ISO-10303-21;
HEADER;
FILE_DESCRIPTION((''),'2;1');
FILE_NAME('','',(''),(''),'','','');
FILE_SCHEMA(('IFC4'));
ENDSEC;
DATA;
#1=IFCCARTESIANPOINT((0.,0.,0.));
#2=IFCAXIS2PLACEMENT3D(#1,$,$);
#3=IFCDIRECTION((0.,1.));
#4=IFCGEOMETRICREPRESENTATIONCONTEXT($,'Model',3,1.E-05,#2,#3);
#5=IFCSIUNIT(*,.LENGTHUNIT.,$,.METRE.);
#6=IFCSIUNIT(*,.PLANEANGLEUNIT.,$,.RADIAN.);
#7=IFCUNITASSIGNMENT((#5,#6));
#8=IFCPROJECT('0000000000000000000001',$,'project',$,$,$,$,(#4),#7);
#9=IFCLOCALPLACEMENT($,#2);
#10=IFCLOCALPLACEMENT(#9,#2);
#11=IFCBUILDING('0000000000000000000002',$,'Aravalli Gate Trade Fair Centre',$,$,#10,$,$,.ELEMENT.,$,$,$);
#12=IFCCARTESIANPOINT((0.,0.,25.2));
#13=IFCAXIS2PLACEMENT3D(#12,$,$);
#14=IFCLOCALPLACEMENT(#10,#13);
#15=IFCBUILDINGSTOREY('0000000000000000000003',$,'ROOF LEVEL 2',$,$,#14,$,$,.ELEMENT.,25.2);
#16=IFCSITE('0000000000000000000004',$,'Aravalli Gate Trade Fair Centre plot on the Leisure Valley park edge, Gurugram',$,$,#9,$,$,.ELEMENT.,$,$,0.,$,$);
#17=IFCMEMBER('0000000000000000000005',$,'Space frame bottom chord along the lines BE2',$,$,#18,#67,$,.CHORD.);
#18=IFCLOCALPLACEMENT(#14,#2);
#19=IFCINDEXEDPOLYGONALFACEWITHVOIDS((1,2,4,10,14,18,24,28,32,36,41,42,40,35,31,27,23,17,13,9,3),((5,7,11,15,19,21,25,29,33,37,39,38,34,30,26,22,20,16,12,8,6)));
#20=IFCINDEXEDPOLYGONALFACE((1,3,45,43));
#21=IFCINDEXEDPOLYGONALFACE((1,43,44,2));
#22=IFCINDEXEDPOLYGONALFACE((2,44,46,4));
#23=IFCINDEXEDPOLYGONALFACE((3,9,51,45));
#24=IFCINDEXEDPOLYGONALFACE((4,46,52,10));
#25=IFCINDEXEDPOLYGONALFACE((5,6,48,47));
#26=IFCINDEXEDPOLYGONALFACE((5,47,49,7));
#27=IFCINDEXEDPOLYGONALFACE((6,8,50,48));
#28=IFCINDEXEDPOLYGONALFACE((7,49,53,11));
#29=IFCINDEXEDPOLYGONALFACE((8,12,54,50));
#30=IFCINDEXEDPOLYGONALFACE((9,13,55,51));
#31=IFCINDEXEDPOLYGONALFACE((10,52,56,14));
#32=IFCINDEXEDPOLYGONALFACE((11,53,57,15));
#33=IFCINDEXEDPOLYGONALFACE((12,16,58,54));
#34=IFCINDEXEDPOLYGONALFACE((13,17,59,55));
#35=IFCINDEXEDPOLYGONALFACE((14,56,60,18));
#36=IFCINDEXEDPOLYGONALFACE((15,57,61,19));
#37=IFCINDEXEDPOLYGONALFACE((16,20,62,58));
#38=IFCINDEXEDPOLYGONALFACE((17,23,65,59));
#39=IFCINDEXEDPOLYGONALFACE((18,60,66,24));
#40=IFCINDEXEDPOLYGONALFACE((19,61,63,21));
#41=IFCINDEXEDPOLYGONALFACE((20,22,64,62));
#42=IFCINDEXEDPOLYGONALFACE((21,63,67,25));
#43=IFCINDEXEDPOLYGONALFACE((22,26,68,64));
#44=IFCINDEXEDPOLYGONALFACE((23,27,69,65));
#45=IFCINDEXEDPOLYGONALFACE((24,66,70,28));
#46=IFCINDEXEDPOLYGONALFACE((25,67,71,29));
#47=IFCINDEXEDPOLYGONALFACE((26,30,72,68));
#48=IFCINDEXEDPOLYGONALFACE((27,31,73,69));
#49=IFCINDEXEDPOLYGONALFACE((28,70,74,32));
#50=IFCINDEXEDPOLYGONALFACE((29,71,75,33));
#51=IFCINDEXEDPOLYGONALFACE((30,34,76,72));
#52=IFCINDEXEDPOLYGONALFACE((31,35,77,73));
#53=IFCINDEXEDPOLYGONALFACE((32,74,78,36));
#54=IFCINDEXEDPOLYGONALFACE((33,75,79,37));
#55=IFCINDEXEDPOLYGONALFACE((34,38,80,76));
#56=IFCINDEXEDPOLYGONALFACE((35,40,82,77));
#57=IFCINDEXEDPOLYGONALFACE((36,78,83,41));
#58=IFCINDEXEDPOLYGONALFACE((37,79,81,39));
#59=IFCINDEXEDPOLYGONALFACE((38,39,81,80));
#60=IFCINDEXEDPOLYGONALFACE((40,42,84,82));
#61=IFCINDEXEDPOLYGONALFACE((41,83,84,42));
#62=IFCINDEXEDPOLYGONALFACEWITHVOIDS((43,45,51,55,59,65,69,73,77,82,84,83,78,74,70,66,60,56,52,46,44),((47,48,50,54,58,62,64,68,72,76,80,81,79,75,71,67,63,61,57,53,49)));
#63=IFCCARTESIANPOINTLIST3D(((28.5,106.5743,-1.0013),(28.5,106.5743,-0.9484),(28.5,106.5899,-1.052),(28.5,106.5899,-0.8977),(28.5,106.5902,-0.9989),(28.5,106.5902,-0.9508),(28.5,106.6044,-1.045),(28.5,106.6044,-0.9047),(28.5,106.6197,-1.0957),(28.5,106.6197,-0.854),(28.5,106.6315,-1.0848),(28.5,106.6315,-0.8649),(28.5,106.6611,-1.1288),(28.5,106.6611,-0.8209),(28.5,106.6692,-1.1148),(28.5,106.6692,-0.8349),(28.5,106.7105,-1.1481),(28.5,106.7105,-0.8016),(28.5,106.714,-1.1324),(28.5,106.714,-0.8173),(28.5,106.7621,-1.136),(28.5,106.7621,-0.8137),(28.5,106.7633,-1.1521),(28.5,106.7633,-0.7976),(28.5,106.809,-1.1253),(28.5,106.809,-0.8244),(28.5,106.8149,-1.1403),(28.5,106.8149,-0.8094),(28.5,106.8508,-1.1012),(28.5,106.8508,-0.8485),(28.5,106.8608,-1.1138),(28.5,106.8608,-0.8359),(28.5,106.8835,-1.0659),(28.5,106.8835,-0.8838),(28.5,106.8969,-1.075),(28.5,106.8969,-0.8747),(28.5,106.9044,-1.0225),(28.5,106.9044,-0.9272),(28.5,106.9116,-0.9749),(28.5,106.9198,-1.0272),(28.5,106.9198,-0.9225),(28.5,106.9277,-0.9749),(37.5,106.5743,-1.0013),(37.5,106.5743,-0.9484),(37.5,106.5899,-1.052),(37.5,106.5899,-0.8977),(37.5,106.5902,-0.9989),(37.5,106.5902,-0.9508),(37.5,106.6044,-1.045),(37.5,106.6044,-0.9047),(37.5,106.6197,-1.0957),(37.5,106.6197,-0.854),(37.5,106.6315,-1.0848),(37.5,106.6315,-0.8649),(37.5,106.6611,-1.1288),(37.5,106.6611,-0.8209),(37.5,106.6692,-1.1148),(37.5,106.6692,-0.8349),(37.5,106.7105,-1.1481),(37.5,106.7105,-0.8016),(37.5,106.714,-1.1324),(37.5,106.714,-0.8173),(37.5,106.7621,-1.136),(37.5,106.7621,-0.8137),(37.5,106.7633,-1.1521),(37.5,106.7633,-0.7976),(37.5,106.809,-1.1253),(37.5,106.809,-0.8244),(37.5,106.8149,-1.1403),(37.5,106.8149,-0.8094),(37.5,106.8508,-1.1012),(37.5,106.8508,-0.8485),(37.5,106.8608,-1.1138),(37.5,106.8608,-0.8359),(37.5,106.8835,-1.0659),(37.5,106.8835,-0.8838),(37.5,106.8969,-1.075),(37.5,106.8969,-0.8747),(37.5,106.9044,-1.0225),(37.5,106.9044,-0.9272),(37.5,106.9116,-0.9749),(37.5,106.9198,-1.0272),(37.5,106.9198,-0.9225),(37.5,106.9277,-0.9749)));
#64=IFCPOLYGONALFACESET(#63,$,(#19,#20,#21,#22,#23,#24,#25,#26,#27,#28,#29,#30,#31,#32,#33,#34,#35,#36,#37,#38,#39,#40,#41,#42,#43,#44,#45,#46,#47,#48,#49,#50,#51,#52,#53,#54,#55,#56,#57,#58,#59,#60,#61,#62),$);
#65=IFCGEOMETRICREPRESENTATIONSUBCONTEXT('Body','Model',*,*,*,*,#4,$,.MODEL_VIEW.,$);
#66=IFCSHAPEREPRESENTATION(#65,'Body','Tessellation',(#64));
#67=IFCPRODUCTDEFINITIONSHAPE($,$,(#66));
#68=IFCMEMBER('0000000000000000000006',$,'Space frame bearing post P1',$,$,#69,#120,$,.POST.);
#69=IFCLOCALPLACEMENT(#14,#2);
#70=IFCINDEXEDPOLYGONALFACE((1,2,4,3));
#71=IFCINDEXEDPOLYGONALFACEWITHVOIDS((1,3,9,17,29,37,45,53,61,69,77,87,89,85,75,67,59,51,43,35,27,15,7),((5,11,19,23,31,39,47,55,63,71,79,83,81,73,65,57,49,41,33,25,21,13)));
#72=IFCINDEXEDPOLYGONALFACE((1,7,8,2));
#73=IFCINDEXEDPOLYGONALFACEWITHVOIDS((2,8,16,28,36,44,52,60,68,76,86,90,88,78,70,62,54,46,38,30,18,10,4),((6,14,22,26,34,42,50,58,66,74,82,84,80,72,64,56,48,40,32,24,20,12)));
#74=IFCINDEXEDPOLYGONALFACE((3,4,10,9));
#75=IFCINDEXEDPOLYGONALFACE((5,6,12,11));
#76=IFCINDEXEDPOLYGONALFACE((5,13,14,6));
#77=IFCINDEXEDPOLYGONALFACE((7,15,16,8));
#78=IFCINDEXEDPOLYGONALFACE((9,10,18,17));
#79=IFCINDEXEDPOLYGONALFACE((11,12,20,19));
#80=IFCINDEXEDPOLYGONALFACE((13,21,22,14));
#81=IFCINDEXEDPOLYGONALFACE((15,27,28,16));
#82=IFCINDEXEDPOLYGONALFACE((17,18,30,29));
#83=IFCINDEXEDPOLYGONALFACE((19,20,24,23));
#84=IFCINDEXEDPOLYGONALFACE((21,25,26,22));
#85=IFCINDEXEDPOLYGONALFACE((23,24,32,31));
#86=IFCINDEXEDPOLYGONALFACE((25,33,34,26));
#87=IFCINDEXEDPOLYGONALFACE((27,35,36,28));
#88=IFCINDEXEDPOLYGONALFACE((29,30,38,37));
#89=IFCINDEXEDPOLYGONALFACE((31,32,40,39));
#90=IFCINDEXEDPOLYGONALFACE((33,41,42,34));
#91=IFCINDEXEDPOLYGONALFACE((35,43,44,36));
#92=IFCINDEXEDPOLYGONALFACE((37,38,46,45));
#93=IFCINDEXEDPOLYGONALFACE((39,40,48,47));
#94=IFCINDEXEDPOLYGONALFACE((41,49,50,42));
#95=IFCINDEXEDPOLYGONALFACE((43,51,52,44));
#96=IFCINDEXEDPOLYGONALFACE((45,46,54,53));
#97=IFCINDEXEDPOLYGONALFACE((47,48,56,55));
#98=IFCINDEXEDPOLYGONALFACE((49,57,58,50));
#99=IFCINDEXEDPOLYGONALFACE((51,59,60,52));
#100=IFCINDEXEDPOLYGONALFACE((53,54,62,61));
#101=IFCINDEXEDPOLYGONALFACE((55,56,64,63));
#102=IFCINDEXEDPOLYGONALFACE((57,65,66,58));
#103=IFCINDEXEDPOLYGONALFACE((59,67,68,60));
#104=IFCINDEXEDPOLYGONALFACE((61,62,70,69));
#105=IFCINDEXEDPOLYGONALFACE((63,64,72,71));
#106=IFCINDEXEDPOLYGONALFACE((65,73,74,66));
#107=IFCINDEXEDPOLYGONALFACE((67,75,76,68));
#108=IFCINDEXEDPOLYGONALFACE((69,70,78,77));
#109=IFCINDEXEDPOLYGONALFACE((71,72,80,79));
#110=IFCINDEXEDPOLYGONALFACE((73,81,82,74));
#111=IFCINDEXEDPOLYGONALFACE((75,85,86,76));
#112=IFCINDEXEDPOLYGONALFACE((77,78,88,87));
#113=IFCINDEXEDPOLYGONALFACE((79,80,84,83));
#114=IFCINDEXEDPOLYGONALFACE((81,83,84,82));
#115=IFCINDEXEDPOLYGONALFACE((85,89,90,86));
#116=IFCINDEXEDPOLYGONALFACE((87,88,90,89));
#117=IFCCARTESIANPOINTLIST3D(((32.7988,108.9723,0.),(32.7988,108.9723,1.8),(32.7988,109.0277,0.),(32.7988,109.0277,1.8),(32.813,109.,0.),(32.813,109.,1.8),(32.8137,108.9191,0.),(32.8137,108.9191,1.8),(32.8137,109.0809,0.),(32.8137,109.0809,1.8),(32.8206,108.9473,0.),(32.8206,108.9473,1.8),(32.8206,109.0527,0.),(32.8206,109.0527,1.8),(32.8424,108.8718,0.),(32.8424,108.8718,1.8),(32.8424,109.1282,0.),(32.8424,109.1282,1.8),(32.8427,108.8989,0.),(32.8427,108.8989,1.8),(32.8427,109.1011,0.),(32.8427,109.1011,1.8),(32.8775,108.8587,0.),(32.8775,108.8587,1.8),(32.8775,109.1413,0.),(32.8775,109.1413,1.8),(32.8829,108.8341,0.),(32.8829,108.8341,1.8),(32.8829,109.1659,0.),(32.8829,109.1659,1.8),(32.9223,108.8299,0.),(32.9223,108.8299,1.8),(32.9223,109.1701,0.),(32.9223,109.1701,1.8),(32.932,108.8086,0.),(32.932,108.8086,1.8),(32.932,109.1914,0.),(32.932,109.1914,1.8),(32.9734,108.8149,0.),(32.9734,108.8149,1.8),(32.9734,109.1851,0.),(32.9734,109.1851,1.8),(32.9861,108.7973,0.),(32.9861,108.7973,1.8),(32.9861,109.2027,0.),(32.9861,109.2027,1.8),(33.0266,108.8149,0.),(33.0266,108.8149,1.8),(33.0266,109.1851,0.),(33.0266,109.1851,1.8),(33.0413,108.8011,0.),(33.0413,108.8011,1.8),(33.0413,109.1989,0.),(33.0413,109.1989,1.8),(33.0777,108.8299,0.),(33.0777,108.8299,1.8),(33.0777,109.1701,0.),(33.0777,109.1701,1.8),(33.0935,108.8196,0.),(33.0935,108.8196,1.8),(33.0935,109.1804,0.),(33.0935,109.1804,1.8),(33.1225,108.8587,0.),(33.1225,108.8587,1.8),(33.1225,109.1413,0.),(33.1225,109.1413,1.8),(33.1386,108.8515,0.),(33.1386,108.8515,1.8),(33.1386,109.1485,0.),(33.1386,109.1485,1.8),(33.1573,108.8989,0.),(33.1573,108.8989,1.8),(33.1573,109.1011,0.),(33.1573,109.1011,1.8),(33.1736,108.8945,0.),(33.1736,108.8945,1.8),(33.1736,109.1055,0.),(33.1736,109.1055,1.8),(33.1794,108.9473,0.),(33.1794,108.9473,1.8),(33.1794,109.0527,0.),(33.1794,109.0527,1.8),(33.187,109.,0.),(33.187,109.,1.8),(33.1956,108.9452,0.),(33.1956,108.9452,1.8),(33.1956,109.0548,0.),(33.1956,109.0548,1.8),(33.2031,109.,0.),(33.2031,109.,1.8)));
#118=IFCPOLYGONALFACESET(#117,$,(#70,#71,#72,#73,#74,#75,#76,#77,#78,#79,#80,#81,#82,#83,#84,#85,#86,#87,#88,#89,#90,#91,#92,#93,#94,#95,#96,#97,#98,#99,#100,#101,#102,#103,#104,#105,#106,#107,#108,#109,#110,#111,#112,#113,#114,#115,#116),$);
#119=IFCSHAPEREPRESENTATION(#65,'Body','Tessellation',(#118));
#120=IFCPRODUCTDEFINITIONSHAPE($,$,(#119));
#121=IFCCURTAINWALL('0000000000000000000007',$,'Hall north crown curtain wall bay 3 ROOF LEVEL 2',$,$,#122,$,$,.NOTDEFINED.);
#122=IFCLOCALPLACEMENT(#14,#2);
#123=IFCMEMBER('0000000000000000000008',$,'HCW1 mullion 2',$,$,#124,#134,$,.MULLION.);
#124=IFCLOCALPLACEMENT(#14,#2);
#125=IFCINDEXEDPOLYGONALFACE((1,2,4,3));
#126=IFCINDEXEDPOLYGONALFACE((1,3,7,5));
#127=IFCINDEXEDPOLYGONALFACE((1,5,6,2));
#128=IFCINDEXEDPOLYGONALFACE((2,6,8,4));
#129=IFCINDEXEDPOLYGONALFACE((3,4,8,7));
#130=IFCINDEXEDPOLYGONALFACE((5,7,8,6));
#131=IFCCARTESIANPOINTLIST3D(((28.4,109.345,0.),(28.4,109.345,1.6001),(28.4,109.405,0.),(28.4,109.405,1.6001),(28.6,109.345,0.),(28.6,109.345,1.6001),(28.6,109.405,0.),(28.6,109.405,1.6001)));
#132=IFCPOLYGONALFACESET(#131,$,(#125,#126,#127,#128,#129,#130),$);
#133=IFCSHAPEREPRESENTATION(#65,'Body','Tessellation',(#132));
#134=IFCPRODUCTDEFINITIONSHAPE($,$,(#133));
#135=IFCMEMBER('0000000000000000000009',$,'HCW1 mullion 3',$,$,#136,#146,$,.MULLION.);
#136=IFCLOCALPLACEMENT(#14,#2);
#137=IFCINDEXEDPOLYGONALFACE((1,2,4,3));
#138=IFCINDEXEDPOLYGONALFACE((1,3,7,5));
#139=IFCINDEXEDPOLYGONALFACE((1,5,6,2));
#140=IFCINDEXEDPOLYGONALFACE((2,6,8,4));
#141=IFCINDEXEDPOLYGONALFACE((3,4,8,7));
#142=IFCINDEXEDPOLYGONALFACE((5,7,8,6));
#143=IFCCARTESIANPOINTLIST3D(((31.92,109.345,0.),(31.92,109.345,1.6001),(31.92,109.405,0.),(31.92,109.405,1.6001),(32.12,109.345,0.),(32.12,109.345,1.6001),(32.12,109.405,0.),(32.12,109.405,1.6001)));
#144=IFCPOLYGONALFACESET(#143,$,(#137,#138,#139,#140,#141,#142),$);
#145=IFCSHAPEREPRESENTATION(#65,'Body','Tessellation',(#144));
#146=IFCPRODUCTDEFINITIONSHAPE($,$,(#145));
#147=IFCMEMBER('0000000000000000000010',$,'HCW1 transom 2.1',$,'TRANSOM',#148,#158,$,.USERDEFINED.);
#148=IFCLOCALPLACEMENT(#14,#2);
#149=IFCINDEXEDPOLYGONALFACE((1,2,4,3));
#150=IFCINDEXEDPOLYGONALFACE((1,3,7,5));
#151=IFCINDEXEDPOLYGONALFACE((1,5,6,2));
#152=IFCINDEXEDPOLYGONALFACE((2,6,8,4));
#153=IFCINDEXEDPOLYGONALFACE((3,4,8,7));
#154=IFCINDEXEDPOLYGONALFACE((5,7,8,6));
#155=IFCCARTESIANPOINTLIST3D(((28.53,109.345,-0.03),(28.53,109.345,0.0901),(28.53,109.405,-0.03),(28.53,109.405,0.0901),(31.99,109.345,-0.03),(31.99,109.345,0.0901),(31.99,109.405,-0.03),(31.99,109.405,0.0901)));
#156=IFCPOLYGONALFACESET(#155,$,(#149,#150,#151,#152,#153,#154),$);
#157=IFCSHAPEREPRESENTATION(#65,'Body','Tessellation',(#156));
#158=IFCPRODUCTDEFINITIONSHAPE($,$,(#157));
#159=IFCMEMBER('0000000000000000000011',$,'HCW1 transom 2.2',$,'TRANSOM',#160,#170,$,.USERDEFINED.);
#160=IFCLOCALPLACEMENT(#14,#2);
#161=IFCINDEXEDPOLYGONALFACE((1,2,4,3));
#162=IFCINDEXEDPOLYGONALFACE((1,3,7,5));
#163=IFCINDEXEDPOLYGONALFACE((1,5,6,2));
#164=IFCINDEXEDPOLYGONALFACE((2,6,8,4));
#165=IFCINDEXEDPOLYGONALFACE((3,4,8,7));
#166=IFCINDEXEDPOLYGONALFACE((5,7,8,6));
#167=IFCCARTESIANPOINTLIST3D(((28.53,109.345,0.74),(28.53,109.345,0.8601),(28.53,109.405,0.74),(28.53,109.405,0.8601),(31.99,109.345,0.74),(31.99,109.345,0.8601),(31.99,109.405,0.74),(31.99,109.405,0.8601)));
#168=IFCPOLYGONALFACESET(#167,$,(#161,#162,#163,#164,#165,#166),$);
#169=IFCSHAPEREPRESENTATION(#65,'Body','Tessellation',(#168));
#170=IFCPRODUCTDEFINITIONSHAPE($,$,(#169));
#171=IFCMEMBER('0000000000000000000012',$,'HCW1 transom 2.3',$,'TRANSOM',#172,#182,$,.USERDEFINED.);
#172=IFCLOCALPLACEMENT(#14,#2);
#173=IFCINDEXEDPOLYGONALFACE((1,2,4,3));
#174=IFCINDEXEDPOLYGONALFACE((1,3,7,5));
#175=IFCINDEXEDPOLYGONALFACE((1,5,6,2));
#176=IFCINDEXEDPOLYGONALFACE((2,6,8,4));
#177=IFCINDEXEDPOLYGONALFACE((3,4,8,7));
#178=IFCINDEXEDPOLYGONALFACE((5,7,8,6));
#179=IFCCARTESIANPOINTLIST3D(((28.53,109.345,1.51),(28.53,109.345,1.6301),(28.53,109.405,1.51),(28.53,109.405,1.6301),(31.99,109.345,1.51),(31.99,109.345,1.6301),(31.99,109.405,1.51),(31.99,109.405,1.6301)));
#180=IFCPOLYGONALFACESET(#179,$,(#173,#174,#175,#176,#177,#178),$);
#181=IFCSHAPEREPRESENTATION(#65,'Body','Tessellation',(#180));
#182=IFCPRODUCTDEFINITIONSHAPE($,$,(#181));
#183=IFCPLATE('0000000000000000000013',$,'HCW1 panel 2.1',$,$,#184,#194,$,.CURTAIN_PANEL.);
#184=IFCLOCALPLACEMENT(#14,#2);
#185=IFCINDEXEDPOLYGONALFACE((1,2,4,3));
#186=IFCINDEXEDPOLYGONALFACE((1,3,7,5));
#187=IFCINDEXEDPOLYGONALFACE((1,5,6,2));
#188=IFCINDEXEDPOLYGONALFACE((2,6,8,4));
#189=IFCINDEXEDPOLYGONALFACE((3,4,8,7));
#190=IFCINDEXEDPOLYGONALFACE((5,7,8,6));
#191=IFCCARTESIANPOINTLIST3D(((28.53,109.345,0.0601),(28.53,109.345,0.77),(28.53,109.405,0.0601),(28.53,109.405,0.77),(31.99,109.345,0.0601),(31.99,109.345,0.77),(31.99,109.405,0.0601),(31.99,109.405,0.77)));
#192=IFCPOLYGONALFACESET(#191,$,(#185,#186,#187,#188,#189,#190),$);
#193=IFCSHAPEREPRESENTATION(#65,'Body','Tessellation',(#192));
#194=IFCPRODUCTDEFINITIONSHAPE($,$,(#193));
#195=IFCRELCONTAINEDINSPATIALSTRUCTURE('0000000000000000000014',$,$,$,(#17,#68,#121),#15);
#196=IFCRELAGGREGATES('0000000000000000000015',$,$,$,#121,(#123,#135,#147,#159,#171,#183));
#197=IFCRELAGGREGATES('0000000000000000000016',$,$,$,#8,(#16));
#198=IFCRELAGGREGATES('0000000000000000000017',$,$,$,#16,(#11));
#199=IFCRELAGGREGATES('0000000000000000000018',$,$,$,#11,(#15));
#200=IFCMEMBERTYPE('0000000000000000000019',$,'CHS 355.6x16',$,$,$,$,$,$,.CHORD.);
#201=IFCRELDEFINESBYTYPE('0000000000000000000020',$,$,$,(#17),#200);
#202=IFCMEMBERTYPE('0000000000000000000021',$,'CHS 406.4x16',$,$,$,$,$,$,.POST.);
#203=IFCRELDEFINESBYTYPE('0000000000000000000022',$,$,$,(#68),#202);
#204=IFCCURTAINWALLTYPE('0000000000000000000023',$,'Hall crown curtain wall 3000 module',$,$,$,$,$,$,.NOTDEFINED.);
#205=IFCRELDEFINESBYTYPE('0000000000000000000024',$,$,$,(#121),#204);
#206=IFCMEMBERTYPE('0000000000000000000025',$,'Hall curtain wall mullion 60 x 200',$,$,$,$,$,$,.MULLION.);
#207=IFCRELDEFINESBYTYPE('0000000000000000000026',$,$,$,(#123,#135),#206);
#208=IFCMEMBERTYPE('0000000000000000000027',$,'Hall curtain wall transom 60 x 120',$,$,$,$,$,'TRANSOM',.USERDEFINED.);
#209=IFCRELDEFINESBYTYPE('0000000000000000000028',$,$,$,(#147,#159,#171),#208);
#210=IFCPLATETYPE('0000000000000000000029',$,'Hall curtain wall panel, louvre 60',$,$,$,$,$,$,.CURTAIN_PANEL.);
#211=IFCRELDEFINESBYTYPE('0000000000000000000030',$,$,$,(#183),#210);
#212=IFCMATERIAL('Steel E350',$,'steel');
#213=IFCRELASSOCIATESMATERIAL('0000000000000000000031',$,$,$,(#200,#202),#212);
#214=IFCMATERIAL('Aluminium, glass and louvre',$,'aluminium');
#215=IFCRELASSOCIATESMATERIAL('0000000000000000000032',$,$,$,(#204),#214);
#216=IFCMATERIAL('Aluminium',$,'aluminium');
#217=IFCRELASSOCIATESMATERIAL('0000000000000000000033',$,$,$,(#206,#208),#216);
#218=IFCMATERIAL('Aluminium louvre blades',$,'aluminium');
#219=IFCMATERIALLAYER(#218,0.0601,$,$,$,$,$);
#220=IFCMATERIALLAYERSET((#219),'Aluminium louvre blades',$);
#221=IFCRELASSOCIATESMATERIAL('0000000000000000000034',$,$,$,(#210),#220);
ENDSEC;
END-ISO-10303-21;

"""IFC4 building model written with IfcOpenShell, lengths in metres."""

from ifc_helpers import new_model, si_unit, direction, frame, origin, origin_2d, place, context, subcontext, project, spatial, rectangle, hollow_circle, extrude, material, layer, layer_set, material_profile, profile_set, type_object, element, aggregate, save


model = new_model("IFC4")

# Units and contexts
model_context = context("Model", 3, precision=1e-05, world=origin(), true_north=direction((0.0, 1.0)))
body_context = subcontext(model_context, "Body", "Model", "MODEL_VIEW")
ifc_project = project(units=[si_unit("LENGTHUNIT", "METRE"), si_unit("PLANEANGLEUNIT", "RADIAN")], contexts=[model_context])

# Site, building, storey
site_placement = place(None, origin())
site = spatial("IfcSite", under=ifc_project, at=site_placement, Name="Aravalli Gate Trade Fair Centre plot on the Leisure Valley park edge, Gurugram", CompositionType="ELEMENT", RefElevation=0.0)
building_placement = place(site_placement, origin())
building = spatial("IfcBuilding", under=site, at=building_placement, Name="Aravalli Gate Trade Fair Centre", CompositionType="ELEMENT")
storey_placement = place(building_placement, frame((0.0, 0.0, 25.2)))
storey = spatial("IfcBuildingStorey", under=building, at=storey_placement, Name="ROOF LEVEL 2", CompositionType="ELEMENT", Elevation=25.2)

# Members
ifc_material_1 = material(Name="Steel E350", Category="steel")
ifc_material_profile_1 = material_profile(ifc_material_1, hollow_circle(Radius=0.1777, WallThickness=0.0161, at=origin_2d()), Name="CHS 355.6x16")
ifc_profile_set_1 = profile_set([ifc_material_profile_1], Name="Steel E350")
member_type_1 = type_object("IfcMemberType", Name="CHS 355.6x16", PredefinedType="CHORD", material=ifc_profile_set_1)
member_1_placement = place(storey_placement, frame((28.5, 106.75, -0.9749), z_axis=(1.0, 0.0, 0.0), x_axis=(0.0, 1.0, 0.0)))
element("IfcMember", 1, at=member_1_placement, inside=storey, type_object=member_type_1, Name="Space frame bottom chord along the lines BE2", PredefinedType="CHORD", context=body_context, shape_type="SweptSolid", body=[
    extrude(hollow_circle(Radius=0.1777, WallThickness=0.0161, at=origin_2d()), origin(), (0.0, 0.0, 1.0), 9.0),
])
ifc_material_profile_2 = material_profile(ifc_material_1, hollow_circle(Radius=0.2031, WallThickness=0.0161, at=origin_2d()), Name="CHS 406.4x16")
ifc_profile_set_2 = profile_set([ifc_material_profile_2], Name="Steel E350")
member_type_2 = type_object("IfcMemberType", Name="CHS 406.4x16", PredefinedType="POST", material=ifc_profile_set_2)
member_2_placement = place(storey_placement, frame((33.0, 109.0, 0.0), z_axis=(0.0, 0.0, 1.0), x_axis=(1.0, 0.0, 0.0)))
element("IfcMember", 2, at=member_2_placement, inside=storey, type_object=member_type_2, Name="Space frame bearing post P1", PredefinedType="POST", context=body_context, shape_type="SweptSolid", body=[
    extrude(hollow_circle(Radius=0.2031, WallThickness=0.0161, at=origin_2d()), origin(), (0.0, 0.0, 1.0), 1.8),
])

# Curtain wall, members, plate
ifc_material_2 = material(Name="Aluminium, glass and louvre", Category="aluminium")
curtain_wall_type = type_object("IfcCurtainWallType", Name="Hall crown curtain wall 3000 module", PredefinedType="NOTDEFINED", material=ifc_material_2)
curtain_wall_placement = place(storey_placement, origin())
curtain_wall = element("IfcCurtainWall", 3, at=curtain_wall_placement, inside=storey, type_object=curtain_wall_type, Name="Hall north crown curtain wall bay 3 ROOF LEVEL 2", PredefinedType="NOTDEFINED")
ifc_material_3 = material(Name="Aluminium", Category="aluminium")
ifc_material_profile_3 = material_profile(ifc_material_3, rectangle(XDim=0.0601, YDim=0.2, at=origin_2d()), Name="Hall curtain wall mullion 60 x 200")
ifc_profile_set_3 = profile_set([ifc_material_profile_3], Name="Aluminium")
member_type_3 = type_object("IfcMemberType", Name="Hall curtain wall mullion 60 x 200", PredefinedType="MULLION", material=ifc_profile_set_3)
member_3_placement = place(storey_placement, frame((28.5, 109.375, 0.0), z_axis=(0.0, 0.0, 1.0), x_axis=(0.0, 1.0, 0.0)))
member_3 = element("IfcMember", 4, at=member_3_placement, type_object=member_type_3, Name="HCW1 mullion 2", PredefinedType="MULLION", context=body_context, shape_type="SweptSolid", body=[
    extrude(rectangle(XDim=0.0601, YDim=0.2, at=origin_2d()), origin(), (0.0, 0.0, 1.0), 1.6001),
])
member_4_placement = place(storey_placement, frame((32.02, 109.375, 0.0), z_axis=(0.0, 0.0, 1.0), x_axis=(0.0, 1.0, 0.0)))
member_4 = element("IfcMember", 5, at=member_4_placement, type_object=member_type_3, Name="HCW1 mullion 3", PredefinedType="MULLION", context=body_context, shape_type="SweptSolid", body=[
    extrude(rectangle(XDim=0.0601, YDim=0.2, at=origin_2d()), origin(), (0.0, 0.0, 1.0), 1.6001),
])
ifc_material_profile_4 = material_profile(ifc_material_3, rectangle(XDim=0.0601, YDim=0.1201, at=origin_2d()), Name="Hall curtain wall transom 60 x 120")
ifc_profile_set_4 = profile_set([ifc_material_profile_4], Name="Aluminium")
member_type_4 = type_object("IfcMemberType", Name="Hall curtain wall transom 60 x 120", ElementType="TRANSOM", PredefinedType="USERDEFINED", material=ifc_profile_set_4)
member_5_placement = place(storey_placement, frame((28.53, 109.375, 0.03), z_axis=(1.0, 0.0, 0.0), x_axis=(0.0, 1.0, 0.0)))
member_5 = element("IfcMember", 6, at=member_5_placement, type_object=member_type_4, Name="HCW1 transom 2.1", ObjectType="TRANSOM", PredefinedType="USERDEFINED", context=body_context, shape_type="SweptSolid", body=[
    extrude(rectangle(XDim=0.0601, YDim=0.1201, at=origin_2d()), origin(), (0.0, 0.0, 1.0), 3.46),
])
member_6_placement = place(storey_placement, frame((28.53, 109.375, 0.8), z_axis=(1.0, 0.0, 0.0), x_axis=(0.0, 1.0, 0.0)))
member_6 = element("IfcMember", 7, at=member_6_placement, type_object=member_type_4, Name="HCW1 transom 2.2", ObjectType="TRANSOM", PredefinedType="USERDEFINED", context=body_context, shape_type="SweptSolid", body=[
    extrude(rectangle(XDim=0.0601, YDim=0.1201, at=origin_2d()), origin(), (0.0, 0.0, 1.0), 3.46),
])
member_7_placement = place(storey_placement, frame((28.53, 109.375, 1.5701), z_axis=(1.0, 0.0, 0.0), x_axis=(0.0, 1.0, 0.0)))
member_7 = element("IfcMember", 8, at=member_7_placement, type_object=member_type_4, Name="HCW1 transom 2.3", ObjectType="TRANSOM", PredefinedType="USERDEFINED", context=body_context, shape_type="SweptSolid", body=[
    extrude(rectangle(XDim=0.0601, YDim=0.1201, at=origin_2d()), origin(), (0.0, 0.0, 1.0), 3.46),
])
ifc_material_4 = material(Name="Aluminium louvre blades", Category="aluminium")
ifc_layer_1 = layer(ifc_material_4, 0.0601)
ifc_layer_set_1 = layer_set([ifc_layer_1], Name="Aluminium louvre blades")
plate_type = type_object("IfcPlateType", Name="Hall curtain wall panel, louvre 60", PredefinedType="CURTAIN_PANEL", material=ifc_layer_set_1)
plate_1_placement = place(storey_placement, frame((30.26, 109.375, 0.0601), z_axis=(0.0, 0.0, 1.0), x_axis=(1.0, 0.0, 0.0)))
plate_1 = element("IfcPlate", 9, at=plate_1_placement, type_object=plate_type, Name="HCW1 panel 2.1", PredefinedType="CURTAIN_PANEL", context=body_context, shape_type="SweptSolid", body=[
    extrude(rectangle(XDim=3.46, YDim=0.0601, at=origin_2d()), origin(), (0.0, 0.0, 1.0), 0.71),
])
aggregate(curtain_wall, [member_3, member_4, member_5, member_6, member_7, plate_1])

save(model, "model.ifc")
